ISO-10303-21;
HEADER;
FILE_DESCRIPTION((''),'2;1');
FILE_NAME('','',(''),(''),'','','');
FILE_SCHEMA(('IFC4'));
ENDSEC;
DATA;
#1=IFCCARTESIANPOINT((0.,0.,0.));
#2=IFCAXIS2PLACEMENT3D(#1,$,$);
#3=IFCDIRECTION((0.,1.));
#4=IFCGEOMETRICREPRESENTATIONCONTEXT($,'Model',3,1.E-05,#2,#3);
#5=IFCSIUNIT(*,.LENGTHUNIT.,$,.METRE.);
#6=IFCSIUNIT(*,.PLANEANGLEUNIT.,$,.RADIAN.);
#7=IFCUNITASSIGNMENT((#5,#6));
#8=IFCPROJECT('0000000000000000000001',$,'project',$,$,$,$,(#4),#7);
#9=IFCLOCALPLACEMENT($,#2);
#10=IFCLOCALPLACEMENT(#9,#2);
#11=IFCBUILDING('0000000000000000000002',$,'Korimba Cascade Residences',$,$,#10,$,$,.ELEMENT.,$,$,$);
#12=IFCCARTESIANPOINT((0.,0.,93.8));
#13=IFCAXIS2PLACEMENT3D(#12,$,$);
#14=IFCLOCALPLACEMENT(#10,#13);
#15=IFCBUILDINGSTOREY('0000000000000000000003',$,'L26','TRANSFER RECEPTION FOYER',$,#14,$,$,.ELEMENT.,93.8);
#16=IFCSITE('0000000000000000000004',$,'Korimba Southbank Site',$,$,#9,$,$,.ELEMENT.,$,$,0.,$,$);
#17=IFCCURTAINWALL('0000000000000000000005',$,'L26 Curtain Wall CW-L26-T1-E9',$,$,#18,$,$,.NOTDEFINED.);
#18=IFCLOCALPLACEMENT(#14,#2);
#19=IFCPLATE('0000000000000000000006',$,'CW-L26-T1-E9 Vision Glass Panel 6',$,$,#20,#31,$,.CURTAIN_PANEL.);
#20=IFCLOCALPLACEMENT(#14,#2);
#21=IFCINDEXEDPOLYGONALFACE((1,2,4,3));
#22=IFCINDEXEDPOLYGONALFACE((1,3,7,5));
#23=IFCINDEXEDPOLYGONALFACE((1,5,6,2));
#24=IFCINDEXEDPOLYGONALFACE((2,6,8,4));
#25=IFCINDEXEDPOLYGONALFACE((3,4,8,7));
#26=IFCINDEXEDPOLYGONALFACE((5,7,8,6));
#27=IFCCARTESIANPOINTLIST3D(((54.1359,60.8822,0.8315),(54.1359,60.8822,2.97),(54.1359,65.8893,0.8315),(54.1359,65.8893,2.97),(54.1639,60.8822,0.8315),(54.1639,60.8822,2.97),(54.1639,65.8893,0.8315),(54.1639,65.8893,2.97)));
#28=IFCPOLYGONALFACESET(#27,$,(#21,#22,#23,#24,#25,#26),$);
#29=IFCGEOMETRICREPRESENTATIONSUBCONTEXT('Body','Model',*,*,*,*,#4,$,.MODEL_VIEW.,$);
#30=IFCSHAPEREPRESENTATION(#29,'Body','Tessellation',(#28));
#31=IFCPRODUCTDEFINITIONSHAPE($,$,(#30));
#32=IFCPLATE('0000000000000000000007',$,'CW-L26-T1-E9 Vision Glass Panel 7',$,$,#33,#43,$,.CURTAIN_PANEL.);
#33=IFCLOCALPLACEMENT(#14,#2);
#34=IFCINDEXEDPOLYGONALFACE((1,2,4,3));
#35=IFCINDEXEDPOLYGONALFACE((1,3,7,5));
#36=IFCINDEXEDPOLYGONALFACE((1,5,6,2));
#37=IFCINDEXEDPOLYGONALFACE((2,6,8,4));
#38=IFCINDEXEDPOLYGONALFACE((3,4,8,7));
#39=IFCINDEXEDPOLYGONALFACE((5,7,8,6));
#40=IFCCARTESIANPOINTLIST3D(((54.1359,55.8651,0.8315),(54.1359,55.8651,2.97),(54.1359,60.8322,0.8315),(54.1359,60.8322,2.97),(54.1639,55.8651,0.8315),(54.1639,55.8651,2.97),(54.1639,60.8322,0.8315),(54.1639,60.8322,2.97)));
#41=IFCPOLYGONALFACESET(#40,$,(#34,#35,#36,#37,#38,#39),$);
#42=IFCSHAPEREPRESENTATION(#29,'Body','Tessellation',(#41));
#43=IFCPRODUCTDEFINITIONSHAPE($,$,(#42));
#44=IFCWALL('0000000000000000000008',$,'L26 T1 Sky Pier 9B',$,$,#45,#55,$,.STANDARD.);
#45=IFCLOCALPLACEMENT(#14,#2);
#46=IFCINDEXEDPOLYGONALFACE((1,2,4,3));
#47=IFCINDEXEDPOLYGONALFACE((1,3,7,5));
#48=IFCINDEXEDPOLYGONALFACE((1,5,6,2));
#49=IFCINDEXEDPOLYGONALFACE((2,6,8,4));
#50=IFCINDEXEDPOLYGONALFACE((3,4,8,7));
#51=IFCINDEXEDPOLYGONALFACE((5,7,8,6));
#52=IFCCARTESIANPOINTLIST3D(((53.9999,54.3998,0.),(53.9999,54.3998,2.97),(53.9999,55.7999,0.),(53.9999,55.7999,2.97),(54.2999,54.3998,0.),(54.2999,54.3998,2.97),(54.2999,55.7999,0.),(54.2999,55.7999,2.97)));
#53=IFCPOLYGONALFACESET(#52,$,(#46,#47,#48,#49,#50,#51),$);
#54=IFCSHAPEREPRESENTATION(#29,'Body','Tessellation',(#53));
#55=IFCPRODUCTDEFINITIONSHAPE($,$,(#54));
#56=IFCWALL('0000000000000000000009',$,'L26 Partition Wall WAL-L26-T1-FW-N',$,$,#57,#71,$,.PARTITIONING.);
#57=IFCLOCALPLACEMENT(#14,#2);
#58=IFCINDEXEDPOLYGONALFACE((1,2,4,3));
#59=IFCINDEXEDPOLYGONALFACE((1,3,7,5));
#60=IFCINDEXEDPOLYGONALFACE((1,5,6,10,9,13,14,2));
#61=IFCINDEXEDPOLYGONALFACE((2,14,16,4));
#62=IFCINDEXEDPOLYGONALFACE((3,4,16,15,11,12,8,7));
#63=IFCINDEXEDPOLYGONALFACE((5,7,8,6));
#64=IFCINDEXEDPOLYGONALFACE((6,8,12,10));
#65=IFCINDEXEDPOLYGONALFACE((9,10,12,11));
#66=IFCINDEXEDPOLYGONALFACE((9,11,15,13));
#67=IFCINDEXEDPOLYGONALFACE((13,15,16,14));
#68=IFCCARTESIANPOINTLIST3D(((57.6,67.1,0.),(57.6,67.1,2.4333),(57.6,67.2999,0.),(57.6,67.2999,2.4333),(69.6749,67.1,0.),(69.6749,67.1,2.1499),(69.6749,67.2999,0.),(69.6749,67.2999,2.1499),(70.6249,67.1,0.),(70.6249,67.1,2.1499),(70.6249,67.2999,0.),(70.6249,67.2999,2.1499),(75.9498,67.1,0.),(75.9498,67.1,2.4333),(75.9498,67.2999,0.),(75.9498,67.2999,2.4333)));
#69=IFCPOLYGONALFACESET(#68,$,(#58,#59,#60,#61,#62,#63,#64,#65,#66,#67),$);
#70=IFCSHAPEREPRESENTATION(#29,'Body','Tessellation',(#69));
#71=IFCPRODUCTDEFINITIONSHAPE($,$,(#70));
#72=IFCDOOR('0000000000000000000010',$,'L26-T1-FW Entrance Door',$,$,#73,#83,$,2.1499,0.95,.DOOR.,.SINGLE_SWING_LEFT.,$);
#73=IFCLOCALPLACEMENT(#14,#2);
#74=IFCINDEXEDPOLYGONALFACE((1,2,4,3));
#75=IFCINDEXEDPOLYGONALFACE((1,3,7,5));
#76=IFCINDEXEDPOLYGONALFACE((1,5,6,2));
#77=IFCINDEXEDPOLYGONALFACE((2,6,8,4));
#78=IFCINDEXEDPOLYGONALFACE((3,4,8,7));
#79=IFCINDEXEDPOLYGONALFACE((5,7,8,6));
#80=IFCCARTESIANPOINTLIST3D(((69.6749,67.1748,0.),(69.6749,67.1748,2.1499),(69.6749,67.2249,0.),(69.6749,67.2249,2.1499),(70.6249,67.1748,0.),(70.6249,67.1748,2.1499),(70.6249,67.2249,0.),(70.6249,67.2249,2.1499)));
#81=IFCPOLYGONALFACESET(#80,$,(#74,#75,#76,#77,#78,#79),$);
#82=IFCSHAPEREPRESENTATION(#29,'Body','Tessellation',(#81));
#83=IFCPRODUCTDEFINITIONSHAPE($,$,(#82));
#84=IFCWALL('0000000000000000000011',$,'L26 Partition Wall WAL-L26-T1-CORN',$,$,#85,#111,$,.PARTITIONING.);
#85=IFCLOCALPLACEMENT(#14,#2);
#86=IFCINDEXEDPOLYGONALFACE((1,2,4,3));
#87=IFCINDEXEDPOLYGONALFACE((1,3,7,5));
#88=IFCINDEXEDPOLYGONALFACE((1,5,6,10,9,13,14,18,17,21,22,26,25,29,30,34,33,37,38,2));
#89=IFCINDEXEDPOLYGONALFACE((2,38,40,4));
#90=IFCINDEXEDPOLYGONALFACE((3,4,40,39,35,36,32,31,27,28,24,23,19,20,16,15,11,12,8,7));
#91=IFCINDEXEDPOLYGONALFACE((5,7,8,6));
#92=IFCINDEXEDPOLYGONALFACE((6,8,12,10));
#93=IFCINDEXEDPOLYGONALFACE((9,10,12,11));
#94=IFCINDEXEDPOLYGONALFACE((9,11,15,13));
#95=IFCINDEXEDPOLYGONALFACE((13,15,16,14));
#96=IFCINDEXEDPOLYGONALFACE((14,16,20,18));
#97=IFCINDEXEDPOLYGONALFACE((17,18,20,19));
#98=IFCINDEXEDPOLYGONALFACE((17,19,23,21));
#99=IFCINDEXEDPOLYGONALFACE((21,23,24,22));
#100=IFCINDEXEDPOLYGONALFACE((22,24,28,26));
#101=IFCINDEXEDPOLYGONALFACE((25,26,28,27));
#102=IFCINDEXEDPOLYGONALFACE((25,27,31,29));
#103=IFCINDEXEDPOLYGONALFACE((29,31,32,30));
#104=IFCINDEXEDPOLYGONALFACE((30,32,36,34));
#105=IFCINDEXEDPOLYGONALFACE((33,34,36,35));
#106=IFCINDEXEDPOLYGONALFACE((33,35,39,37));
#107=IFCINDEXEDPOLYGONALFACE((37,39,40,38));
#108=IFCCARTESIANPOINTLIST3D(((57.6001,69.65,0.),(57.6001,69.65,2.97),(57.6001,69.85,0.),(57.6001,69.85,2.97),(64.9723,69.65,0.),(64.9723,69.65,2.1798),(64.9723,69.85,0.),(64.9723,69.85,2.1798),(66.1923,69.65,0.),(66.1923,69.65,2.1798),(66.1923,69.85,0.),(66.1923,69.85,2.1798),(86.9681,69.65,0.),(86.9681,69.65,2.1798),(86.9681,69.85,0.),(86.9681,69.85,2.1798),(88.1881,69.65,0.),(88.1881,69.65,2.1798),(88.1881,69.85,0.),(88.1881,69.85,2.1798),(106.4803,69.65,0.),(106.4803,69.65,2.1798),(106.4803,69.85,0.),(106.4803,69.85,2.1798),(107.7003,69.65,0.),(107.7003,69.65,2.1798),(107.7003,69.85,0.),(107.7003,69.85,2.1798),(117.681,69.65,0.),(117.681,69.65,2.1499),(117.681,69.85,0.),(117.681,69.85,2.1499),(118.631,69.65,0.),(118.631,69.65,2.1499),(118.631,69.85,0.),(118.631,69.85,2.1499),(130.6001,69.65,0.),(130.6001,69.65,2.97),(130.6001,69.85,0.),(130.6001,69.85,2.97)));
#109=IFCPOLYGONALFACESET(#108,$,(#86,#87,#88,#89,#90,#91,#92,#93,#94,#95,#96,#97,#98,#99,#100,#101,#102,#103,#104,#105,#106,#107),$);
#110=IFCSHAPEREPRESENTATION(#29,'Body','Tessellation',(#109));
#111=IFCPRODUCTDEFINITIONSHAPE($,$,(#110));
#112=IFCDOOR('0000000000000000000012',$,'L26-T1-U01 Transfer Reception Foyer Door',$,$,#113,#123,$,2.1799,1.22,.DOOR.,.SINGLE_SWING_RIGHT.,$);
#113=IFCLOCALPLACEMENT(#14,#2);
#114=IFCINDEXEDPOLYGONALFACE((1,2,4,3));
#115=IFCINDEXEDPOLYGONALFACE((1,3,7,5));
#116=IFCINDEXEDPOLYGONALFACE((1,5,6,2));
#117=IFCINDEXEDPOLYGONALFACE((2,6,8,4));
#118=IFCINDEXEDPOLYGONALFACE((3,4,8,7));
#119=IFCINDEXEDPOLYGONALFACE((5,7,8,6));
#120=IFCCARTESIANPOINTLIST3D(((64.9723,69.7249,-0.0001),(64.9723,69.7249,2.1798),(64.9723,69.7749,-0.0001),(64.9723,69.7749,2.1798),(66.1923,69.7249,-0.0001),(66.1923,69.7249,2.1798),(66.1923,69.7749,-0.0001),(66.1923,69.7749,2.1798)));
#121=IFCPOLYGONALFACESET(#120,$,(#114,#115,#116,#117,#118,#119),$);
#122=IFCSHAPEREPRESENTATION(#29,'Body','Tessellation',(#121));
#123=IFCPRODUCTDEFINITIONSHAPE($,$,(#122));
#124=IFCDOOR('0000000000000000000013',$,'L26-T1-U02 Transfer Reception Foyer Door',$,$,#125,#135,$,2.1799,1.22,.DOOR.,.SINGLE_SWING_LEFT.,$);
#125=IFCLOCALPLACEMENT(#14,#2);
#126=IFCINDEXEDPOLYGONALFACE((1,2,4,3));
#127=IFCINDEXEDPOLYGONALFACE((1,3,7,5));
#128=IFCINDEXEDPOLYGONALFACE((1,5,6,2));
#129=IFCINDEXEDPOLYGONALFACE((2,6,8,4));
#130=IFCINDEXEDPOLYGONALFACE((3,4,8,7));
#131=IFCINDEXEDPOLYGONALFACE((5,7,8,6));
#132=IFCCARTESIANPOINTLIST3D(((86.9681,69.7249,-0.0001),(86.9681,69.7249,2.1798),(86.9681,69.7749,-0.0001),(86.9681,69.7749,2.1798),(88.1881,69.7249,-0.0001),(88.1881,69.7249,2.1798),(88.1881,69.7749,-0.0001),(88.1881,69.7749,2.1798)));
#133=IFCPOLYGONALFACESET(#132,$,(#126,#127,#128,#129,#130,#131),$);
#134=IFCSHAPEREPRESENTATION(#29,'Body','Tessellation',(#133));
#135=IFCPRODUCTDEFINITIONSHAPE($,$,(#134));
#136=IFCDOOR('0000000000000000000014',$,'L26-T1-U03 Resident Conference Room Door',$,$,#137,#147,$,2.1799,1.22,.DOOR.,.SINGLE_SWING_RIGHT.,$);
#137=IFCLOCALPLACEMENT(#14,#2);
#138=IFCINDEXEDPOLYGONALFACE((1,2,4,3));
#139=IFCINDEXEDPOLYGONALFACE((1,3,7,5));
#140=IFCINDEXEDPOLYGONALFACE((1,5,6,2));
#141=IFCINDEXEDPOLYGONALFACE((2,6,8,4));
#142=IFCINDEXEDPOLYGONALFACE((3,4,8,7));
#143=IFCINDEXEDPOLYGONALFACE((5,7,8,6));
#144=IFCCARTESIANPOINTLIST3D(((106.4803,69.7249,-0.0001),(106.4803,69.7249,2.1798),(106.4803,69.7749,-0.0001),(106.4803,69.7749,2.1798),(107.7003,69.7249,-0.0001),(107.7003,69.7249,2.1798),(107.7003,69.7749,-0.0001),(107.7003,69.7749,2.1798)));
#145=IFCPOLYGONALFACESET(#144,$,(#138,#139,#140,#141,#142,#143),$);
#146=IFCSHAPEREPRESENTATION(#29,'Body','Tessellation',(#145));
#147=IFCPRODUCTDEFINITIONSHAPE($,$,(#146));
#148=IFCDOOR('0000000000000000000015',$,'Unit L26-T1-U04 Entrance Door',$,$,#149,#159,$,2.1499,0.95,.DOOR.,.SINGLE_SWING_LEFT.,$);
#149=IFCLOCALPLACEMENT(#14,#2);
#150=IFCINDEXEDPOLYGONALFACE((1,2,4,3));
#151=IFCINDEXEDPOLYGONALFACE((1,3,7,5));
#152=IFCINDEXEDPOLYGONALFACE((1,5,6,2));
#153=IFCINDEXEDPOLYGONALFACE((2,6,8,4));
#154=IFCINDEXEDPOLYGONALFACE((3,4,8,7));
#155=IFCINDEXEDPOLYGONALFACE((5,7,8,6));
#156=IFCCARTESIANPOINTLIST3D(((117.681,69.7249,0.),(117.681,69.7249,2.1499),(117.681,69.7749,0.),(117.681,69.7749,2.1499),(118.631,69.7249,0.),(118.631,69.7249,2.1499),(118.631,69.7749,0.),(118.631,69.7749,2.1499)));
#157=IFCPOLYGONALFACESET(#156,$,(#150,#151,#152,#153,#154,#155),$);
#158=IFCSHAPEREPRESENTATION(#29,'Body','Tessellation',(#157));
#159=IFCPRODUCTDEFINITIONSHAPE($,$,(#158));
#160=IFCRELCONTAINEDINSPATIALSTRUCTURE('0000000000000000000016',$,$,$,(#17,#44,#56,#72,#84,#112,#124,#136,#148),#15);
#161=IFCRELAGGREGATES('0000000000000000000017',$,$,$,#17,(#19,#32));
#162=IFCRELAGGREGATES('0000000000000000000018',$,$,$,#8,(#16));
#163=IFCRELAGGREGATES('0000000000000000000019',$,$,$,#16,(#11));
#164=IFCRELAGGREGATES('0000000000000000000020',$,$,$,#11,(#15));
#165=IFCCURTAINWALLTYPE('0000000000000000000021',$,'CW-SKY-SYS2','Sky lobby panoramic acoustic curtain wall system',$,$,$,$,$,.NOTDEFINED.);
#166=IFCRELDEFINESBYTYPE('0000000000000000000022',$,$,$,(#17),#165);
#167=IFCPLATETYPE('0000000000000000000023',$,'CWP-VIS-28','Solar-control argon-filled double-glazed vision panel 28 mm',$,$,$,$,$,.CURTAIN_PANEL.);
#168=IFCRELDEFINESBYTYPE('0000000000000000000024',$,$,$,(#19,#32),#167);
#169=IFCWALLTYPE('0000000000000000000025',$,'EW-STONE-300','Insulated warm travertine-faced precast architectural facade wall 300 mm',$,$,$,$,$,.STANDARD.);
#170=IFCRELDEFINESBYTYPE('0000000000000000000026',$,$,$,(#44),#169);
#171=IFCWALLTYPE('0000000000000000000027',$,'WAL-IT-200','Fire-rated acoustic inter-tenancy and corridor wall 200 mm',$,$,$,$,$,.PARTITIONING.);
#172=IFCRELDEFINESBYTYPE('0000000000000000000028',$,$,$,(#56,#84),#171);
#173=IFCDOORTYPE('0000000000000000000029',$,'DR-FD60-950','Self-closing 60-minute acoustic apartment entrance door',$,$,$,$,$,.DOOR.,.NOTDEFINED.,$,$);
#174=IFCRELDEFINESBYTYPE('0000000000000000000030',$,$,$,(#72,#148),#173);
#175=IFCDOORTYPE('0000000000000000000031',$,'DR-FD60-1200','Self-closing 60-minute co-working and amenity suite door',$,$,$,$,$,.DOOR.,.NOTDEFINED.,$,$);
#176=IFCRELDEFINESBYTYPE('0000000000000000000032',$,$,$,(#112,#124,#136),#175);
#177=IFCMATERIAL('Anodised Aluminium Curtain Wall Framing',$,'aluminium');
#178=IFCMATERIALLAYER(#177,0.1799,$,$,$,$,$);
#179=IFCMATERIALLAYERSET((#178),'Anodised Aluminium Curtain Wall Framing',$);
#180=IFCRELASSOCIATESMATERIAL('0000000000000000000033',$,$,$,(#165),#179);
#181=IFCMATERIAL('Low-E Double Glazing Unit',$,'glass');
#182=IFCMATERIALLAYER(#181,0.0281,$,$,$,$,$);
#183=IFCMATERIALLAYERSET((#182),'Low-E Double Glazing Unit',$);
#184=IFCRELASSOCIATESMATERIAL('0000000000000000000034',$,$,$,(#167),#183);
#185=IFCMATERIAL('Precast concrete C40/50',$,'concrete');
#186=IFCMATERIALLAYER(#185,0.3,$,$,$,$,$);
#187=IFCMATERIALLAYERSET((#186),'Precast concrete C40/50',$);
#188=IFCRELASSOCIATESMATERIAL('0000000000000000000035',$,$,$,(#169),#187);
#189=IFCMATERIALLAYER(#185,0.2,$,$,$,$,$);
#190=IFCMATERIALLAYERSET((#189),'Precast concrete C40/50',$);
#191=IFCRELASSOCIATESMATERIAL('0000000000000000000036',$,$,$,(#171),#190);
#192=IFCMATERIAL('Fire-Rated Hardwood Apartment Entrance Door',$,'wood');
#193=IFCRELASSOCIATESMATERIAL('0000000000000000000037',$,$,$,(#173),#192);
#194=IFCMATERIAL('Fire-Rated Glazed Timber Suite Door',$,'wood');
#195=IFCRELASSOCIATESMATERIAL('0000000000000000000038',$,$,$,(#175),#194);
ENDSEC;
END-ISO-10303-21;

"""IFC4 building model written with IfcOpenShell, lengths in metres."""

from ifc_helpers import new_model, si_unit, direction, frame, frame_2d, origin, origin_2d, place, context, subcontext, project, spatial, rectangle, extrude, material, layer, layer_set, type_object, element, fill, aggregate, save


model = new_model("IFC4")

# Units and contexts
model_context = context("Model", 3, precision=1e-05, world=origin(), true_north=direction((0.0, 1.0)))
body_context = subcontext(model_context, "Body", "Model", "MODEL_VIEW")
ifc_project = project(units=[si_unit("LENGTHUNIT", "METRE"), si_unit("PLANEANGLEUNIT", "RADIAN")], contexts=[model_context])

# Site, building, storey
site_placement = place(None, origin())
site = spatial("IfcSite", under=ifc_project, at=site_placement, Name="Korimba Southbank Site", CompositionType="ELEMENT", RefElevation=0.0)
building_placement = place(site_placement, origin())
building = spatial("IfcBuilding", under=site, at=building_placement, Name="Korimba Cascade Residences", CompositionType="ELEMENT")
storey_placement = place(building_placement, frame((0.0, 0.0, 93.8)))
storey = spatial("IfcBuildingStorey", under=building, at=storey_placement, Name="L26", Description="TRANSFER RECEPTION FOYER", CompositionType="ELEMENT", Elevation=93.8)

# Curtain wall, plates
ifc_material_1 = material(Name="Anodised Aluminium Curtain Wall Framing", Category="aluminium")
ifc_layer_1 = layer(ifc_material_1, 0.1799)
ifc_layer_set_1 = layer_set([ifc_layer_1], Name="Anodised Aluminium Curtain Wall Framing")
curtain_wall_type = type_object("IfcCurtainWallType", Name="CW-SKY-SYS2", Description="Sky lobby panoramic acoustic curtain wall system", PredefinedType="NOTDEFINED", material=ifc_layer_set_1)
curtain_wall_placement = place(storey_placement, origin())
curtain_wall = element("IfcCurtainWall", 1, at=curtain_wall_placement, inside=storey, type_object=curtain_wall_type, Name="L26 Curtain Wall CW-L26-T1-E9", PredefinedType="NOTDEFINED")
ifc_material_2 = material(Name="Low-E Double Glazing Unit", Category="glass")
ifc_layer_2 = layer(ifc_material_2, 0.0281)
ifc_layer_set_2 = layer_set([ifc_layer_2], Name="Low-E Double Glazing Unit")
plate_type_1 = type_object("IfcPlateType", Name="CWP-VIS-28", Description="Solar-control argon-filled double-glazed vision panel 28 mm", PredefinedType="CURTAIN_PANEL", material=ifc_layer_set_2)
plate_1_placement = place(storey_placement, frame((54.1499, 63.3857, 0.8315), z_axis=(0.0, 0.0, 1.0), x_axis=(0.0, -1.0, 0.0)))
plate_1 = element("IfcPlate", 2, at=plate_1_placement, type_object=plate_type_1, Name="CW-L26-T1-E9 Vision Glass Panel 6", PredefinedType="CURTAIN_PANEL", context=body_context, shape_type="SweptSolid", body=[
    extrude(rectangle(XDim=5.0071, YDim=0.0281, at=origin_2d()), origin(), (0.0, 0.0, 1.0), 2.1384),
])
plate_2_placement = place(storey_placement, frame((54.1499, 58.3486, 0.8315), z_axis=(0.0, 0.0, 1.0), x_axis=(0.0, -1.0, 0.0)))
plate_2 = element("IfcPlate", 3, at=plate_2_placement, type_object=plate_type_1, Name="CW-L26-T1-E9 Vision Glass Panel 7", PredefinedType="CURTAIN_PANEL", context=body_context, shape_type="SweptSolid", body=[
    extrude(rectangle(XDim=4.967, YDim=0.0281, at=origin_2d()), origin(), (0.0, 0.0, 1.0), 2.1384),
])
aggregate(curtain_wall, [plate_1, plate_2])

# Wall
ifc_material_3 = material(Name="Precast concrete C40/50", Category="concrete")
ifc_layer_3 = layer(ifc_material_3, 0.3)
ifc_layer_set_3 = layer_set([ifc_layer_3], Name="Precast concrete C40/50")
wall_type_1 = type_object("IfcWallType", Name="EW-STONE-300", Description="Insulated warm travertine-faced precast architectural facade wall 300 mm", PredefinedType="STANDARD", material=ifc_layer_set_3)
wall_1_placement = place(storey_placement, frame((54.1499, 55.8, 0.0), z_axis=(0.0, 0.0, 1.0), x_axis=(0.0, -1.0, 0.0)))
element("IfcWall", 4, at=wall_1_placement, inside=storey, type_object=wall_type_1, Name="L26 T1 Sky Pier 9B", PredefinedType="STANDARD", context=body_context, shape_type="SweptSolid", body=[
    extrude(rectangle(XDim=1.4001, YDim=0.3, at=frame_2d((0.7002, 0.0))), origin(), (0.0, 0.0, 1.0), 2.97),
])

# Wall, opening, door
ifc_layer_4 = layer(ifc_material_3, 0.2)
ifc_layer_set_4 = layer_set([ifc_layer_4], Name="Precast concrete C40/50")
wall_type_2 = type_object("IfcWallType", Name="WAL-IT-200", Description="Fire-rated acoustic inter-tenancy and corridor wall 200 mm", PredefinedType="PARTITIONING", material=ifc_layer_set_4)
wall_2_placement = place(storey_placement, frame((57.6001, 67.2, 0.0), z_axis=(0.0, 0.0, 1.0), x_axis=(1.0, 0.0, 0.0)))
wall_2 = element("IfcWall", 5, at=wall_2_placement, inside=storey, type_object=wall_type_2, Name="L26 Partition Wall WAL-L26-T1-FW-N", PredefinedType="PARTITIONING", context=body_context, shape_type="SweptSolid", body=[
    extrude(rectangle(XDim=18.3499, YDim=0.2, at=frame_2d((9.1748, 0.0))), origin(), (0.0, 0.0, 1.0), 2.4333),
])
opening_1_placement = place(wall_2_placement, frame((12.0747, 0.0, 0.0)))
opening_1 = element("IfcOpeningElement", 6, at=opening_1_placement, cuts=wall_2, PredefinedType="OPENING", context=body_context, shape_type="SweptSolid", body=[
    extrude(rectangle(XDim=0.95, YDim=2.1499, at=frame_2d((0.4751, 1.075))), frame((0.0, 0.1099, 0.0), z_axis=(0.0, -1.0, 0.0), x_axis=(1.0, 0.0, 0.0)), (0.0, 0.0, 1.0), 0.22),
])
ifc_material_4 = material(Name="Fire-Rated Hardwood Apartment Entrance Door", Category="wood")
door_type_1 = type_object("IfcDoorType", Name="DR-FD60-950", Description="Self-closing 60-minute acoustic apartment entrance door", OperationType="NOTDEFINED", PredefinedType="DOOR", material=ifc_material_4)
door_1_placement = place(opening_1_placement, origin())
door_1 = element("IfcDoor", 7, at=door_1_placement, inside=storey, type_object=door_type_1, Name="L26-T1-FW Entrance Door", OperationType="SINGLE_SWING_LEFT", OverallHeight=2.1499, OverallWidth=0.95, PredefinedType="DOOR", context=body_context, shape_type="SweptSolid", body=[
    extrude(rectangle(XDim=0.95, YDim=2.1499, at=frame_2d((0.4751, 1.075))), frame((0.0, 0.0249, 0.0), z_axis=(0.0, -1.0, 0.0), x_axis=(1.0, 0.0, 0.0)), (0.0, 0.0, 1.0), 0.05),
])
fill(opening_1, door_1)

# Wall, openings, doors
wall_3_placement = place(storey_placement, frame((57.6001, 69.75, 0.0), z_axis=(0.0, 0.0, 1.0), x_axis=(1.0, 0.0, 0.0)))
wall_3 = element("IfcWall", 8, at=wall_3_placement, inside=storey, type_object=wall_type_2, Name="L26 Partition Wall WAL-L26-T1-CORN", PredefinedType="PARTITIONING", context=body_context, shape_type="SweptSolid", body=[
    extrude(rectangle(XDim=73.0, YDim=0.2, at=frame_2d((36.5, 0.0))), origin(), (0.0, 0.0, 1.0), 2.97),
])
opening_2_placement = place(wall_3_placement, frame((7.3723, 0.0, 0.0)))
opening_2 = element("IfcOpeningElement", 9, at=opening_2_placement, cuts=wall_3, PredefinedType="OPENING", context=body_context, shape_type="SweptSolid", body=[
    extrude(rectangle(XDim=1.22, YDim=2.1799, at=frame_2d((0.6099, 1.0898))), frame((0.0, 0.1099, 0.0), z_axis=(0.0, -1.0, 0.0), x_axis=(1.0, 0.0, 0.0)), (0.0, 0.0, 1.0), 0.22),
])
opening_3_placement = place(wall_3_placement, frame((29.3682, 0.0, 0.0)))
opening_3 = element("IfcOpeningElement", 10, at=opening_3_placement, cuts=wall_3, PredefinedType="OPENING", context=body_context, shape_type="SweptSolid", body=[
    extrude(rectangle(XDim=1.22, YDim=2.1799, at=frame_2d((0.6099, 1.0898))), frame((0.0, 0.1099, 0.0), z_axis=(0.0, -1.0, 0.0), x_axis=(1.0, 0.0, 0.0)), (0.0, 0.0, 1.0), 0.22),
])
opening_4_placement = place(wall_3_placement, frame((48.8804, 0.0, 0.0)))
opening_4 = element("IfcOpeningElement", 11, at=opening_4_placement, cuts=wall_3, PredefinedType="OPENING", context=body_context, shape_type="SweptSolid", body=[
    extrude(rectangle(XDim=1.22, YDim=2.1799, at=frame_2d((0.6099, 1.0898))), frame((0.0, 0.1099, 0.0), z_axis=(0.0, -1.0, 0.0), x_axis=(1.0, 0.0, 0.0)), (0.0, 0.0, 1.0), 0.22),
])
opening_5_placement = place(wall_3_placement, frame((60.0808, 0.0, 0.0)))
opening_5 = element("IfcOpeningElement", 12, at=opening_5_placement, cuts=wall_3, PredefinedType="OPENING", context=body_context, shape_type="SweptSolid", body=[
    extrude(rectangle(XDim=0.95, YDim=2.1499, at=frame_2d((0.4751, 1.075))), frame((0.0, 0.1099, 0.0), z_axis=(0.0, -1.0, 0.0), x_axis=(1.0, 0.0, 0.0)), (0.0, 0.0, 1.0), 0.22),
])
ifc_material_5 = material(Name="Fire-Rated Glazed Timber Suite Door", Category="wood")
door_type_2 = type_object("IfcDoorType", Name="DR-FD60-1200", Description="Self-closing 60-minute co-working and amenity suite door", OperationType="NOTDEFINED", PredefinedType="DOOR", material=ifc_material_5)
door_2_placement = place(opening_2_placement, origin())
door_2 = element("IfcDoor", 13, at=door_2_placement, inside=storey, type_object=door_type_2, Name="L26-T1-U01 Transfer Reception Foyer Door", OperationType="SINGLE_SWING_RIGHT", OverallHeight=2.1799, OverallWidth=1.22, PredefinedType="DOOR", context=body_context, shape_type="SweptSolid", body=[
    extrude(rectangle(XDim=1.22, YDim=2.1799, at=frame_2d((0.6099, 1.0898))), frame((0.0, 0.0249, 0.0), z_axis=(0.0, -1.0, 0.0), x_axis=(1.0, 0.0, 0.0)), (0.0, 0.0, 1.0), 0.05),
])
fill(opening_2, door_2)
door_3_placement = place(opening_3_placement, origin())
door_3 = element("IfcDoor", 14, at=door_3_placement, inside=storey, type_object=door_type_2, Name="L26-T1-U02 Transfer Reception Foyer Door", OperationType="SINGLE_SWING_LEFT", OverallHeight=2.1799, OverallWidth=1.22, PredefinedType="DOOR", context=body_context, shape_type="SweptSolid", body=[
    extrude(rectangle(XDim=1.22, YDim=2.1799, at=frame_2d((0.6099, 1.0898))), frame((0.0, 0.0249, 0.0), z_axis=(0.0, -1.0, 0.0), x_axis=(1.0, 0.0, 0.0)), (0.0, 0.0, 1.0), 0.05),
])
fill(opening_3, door_3)
door_4_placement = place(opening_4_placement, origin())
door_4 = element("IfcDoor", 15, at=door_4_placement, inside=storey, type_object=door_type_2, Name="L26-T1-U03 Resident Conference Room Door", OperationType="SINGLE_SWING_RIGHT", OverallHeight=2.1799, OverallWidth=1.22, PredefinedType="DOOR", context=body_context, shape_type="SweptSolid", body=[
    extrude(rectangle(XDim=1.22, YDim=2.1799, at=frame_2d((0.6099, 1.0898))), frame((0.0, 0.0249, 0.0), z_axis=(0.0, -1.0, 0.0), x_axis=(1.0, 0.0, 0.0)), (0.0, 0.0, 1.0), 0.05),
])
fill(opening_4, door_4)
door_5_placement = place(opening_5_placement, origin())
door_5 = element("IfcDoor", 16, at=door_5_placement, inside=storey, type_object=door_type_1, Name="Unit L26-T1-U04 Entrance Door", OperationType="SINGLE_SWING_LEFT", OverallHeight=2.1499, OverallWidth=0.95, PredefinedType="DOOR", context=body_context, shape_type="SweptSolid", body=[
    extrude(rectangle(XDim=0.95, YDim=2.1499, at=frame_2d((0.4751, 1.075))), frame((0.0, 0.0249, 0.0), z_axis=(0.0, -1.0, 0.0), x_axis=(1.0, 0.0, 0.0)), (0.0, 0.0, 1.0), 0.05),
])
fill(opening_5, door_5)

save(model, "model.ifc")
